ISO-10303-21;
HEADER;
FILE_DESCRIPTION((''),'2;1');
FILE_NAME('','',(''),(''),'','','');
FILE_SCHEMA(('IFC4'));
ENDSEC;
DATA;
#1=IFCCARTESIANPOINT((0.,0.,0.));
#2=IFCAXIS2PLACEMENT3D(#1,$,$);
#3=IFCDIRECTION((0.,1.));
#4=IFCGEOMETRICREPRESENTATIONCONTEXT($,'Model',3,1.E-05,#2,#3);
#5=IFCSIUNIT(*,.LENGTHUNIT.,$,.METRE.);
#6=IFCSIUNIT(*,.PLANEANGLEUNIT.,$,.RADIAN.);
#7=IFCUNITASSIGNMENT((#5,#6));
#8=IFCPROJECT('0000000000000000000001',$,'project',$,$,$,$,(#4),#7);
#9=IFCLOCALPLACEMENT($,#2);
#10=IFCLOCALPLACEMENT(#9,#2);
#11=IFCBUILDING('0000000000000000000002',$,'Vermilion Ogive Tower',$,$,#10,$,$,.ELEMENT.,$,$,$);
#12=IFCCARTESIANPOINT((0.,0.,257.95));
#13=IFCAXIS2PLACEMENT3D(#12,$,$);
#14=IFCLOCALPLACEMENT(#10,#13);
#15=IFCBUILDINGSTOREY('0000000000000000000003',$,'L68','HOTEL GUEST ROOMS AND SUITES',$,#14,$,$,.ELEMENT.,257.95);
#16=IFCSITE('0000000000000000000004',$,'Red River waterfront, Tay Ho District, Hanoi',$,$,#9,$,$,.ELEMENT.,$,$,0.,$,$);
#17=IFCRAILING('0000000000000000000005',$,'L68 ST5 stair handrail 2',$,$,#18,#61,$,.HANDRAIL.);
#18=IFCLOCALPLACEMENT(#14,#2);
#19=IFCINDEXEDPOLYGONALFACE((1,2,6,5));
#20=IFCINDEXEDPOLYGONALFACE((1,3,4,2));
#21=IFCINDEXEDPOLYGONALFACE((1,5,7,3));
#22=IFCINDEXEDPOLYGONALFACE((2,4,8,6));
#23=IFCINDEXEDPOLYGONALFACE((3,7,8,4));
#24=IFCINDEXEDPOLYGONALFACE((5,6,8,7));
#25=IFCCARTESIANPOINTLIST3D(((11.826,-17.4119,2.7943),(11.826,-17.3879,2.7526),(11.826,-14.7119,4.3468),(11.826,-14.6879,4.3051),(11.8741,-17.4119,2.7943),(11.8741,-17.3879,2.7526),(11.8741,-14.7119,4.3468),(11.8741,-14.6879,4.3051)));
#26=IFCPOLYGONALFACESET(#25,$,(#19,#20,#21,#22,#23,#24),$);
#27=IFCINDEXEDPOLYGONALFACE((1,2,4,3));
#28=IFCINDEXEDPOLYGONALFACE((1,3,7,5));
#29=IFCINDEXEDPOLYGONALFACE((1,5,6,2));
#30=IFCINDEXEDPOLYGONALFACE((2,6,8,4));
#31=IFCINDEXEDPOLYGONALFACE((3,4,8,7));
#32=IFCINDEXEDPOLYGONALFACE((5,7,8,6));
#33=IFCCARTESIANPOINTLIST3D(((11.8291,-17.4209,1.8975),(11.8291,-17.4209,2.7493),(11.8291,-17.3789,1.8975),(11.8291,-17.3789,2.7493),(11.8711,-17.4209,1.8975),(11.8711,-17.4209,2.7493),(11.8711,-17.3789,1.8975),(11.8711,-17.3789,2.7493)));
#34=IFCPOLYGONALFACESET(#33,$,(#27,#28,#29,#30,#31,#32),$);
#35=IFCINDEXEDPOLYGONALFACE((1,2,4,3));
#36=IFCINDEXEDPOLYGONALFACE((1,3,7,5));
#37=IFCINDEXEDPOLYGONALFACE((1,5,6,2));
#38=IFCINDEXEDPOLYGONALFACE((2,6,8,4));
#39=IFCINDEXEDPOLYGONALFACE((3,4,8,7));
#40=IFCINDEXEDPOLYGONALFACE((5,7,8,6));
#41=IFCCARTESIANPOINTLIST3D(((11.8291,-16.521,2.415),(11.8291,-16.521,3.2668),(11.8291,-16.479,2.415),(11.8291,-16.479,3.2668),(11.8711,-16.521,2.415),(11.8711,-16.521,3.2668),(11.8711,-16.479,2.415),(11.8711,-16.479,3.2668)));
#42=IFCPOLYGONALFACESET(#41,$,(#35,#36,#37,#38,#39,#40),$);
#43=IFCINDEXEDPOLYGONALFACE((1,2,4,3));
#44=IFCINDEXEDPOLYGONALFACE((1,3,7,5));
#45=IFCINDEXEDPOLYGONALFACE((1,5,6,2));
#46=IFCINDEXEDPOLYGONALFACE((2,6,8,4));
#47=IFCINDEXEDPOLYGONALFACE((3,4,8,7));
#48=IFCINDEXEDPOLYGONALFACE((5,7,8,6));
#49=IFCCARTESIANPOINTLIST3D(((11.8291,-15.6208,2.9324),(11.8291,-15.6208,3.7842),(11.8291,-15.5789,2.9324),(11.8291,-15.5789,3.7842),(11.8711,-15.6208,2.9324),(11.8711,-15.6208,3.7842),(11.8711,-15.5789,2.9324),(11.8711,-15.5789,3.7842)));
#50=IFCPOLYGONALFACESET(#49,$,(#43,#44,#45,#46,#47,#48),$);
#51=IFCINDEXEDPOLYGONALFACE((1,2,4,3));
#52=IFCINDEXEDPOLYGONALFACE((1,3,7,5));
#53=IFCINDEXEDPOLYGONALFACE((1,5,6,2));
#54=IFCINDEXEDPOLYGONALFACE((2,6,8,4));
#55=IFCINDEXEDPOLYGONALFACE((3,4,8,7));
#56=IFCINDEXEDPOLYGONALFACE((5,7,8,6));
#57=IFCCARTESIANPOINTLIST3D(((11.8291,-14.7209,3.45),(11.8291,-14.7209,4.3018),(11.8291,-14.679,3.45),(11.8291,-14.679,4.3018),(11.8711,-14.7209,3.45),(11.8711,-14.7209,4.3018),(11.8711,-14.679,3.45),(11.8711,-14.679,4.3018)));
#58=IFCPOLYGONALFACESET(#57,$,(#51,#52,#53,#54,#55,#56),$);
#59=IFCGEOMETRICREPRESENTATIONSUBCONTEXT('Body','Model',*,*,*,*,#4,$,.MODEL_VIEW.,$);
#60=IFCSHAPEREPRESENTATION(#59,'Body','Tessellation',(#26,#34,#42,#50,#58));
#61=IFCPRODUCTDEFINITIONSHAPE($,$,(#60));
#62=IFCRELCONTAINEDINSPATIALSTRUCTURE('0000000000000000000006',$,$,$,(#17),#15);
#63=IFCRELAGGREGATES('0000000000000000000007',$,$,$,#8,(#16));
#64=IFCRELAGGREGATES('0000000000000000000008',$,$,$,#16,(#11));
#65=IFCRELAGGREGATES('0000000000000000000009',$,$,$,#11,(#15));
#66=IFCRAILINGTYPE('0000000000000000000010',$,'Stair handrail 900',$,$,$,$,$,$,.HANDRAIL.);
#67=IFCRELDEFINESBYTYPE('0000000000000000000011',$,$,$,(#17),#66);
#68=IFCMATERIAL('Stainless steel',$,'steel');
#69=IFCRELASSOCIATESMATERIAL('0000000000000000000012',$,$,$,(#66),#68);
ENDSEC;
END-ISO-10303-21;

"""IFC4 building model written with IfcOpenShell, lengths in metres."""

from ifc_helpers import new_model, si_unit, direction, frame, origin, origin_2d, place, context, subcontext, project, spatial, rectangle, extrude, material, type_object, element, save


model = new_model("IFC4")

# Units and contexts
model_context = context("Model", 3, precision=1e-05, world=origin(), true_north=direction((0.0, 1.0)))
body_context = subcontext(model_context, "Body", "Model", "MODEL_VIEW")
ifc_project = project(units=[si_unit("LENGTHUNIT", "METRE"), si_unit("PLANEANGLEUNIT", "RADIAN")], contexts=[model_context])

# Site, building, storey
site_placement = place(None, origin())
site = spatial("IfcSite", under=ifc_project, at=site_placement, Name="Red River waterfront, Tay Ho District, Hanoi", CompositionType="ELEMENT", RefElevation=0.0)
building_placement = place(site_placement, origin())
building = spatial("IfcBuilding", under=site, at=building_placement, Name="Vermilion Ogive Tower", CompositionType="ELEMENT")
storey_placement = place(building_placement, frame((0.0, 0.0, 257.95)))
storey = spatial("IfcBuildingStorey", under=building, at=storey_placement, Name="L68", Description="HOTEL GUEST ROOMS AND SUITES", CompositionType="ELEMENT", Elevation=257.95)

# Railing
ifc_material_1 = material(Name="Stainless steel", Category="steel")
railing_type_1 = type_object("IfcRailingType", Name="Stair handrail 900", PredefinedType="HANDRAIL", material=ifc_material_1)
railing_1_placement = place(storey_placement, frame((11.8501, -17.3999, 1.8975)))
element("IfcRailing", 1, at=railing_1_placement, inside=storey, type_object=railing_type_1, Name="L68 ST5 stair handrail 2", PredefinedType="HANDRAIL", context=body_context, shape_type="SweptSolid", body=[
    extrude(rectangle(XDim=0.0481, YDim=0.0481, at=origin_2d()), frame((0.0, 0.0, 0.876), z_axis=(0.0, 0.866904, 0.498476), x_axis=(-1.0, 0.0, 0.0)), (0.0, 0.0, 1.0), 3.1145),
    extrude(rectangle(XDim=0.042, YDim=0.042, at=origin_2d()), origin(), (0.0, 0.0, 1.0), 0.8518),
    extrude(rectangle(XDim=0.042, YDim=0.042, at=origin_2d()), frame((0.0, 0.8999, 0.5176)), (0.0, 0.0, 1.0), 0.8518),
    extrude(rectangle(XDim=0.042, YDim=0.042, at=origin_2d()), frame((0.0, 1.8, 1.0349)), (0.0, 0.0, 1.0), 0.8518),
    extrude(rectangle(XDim=0.042, YDim=0.042, at=origin_2d()), frame((0.0, 2.7, 1.5525)), (0.0, 0.0, 1.0), 0.8518),
])

save(model, "model.ifc")
